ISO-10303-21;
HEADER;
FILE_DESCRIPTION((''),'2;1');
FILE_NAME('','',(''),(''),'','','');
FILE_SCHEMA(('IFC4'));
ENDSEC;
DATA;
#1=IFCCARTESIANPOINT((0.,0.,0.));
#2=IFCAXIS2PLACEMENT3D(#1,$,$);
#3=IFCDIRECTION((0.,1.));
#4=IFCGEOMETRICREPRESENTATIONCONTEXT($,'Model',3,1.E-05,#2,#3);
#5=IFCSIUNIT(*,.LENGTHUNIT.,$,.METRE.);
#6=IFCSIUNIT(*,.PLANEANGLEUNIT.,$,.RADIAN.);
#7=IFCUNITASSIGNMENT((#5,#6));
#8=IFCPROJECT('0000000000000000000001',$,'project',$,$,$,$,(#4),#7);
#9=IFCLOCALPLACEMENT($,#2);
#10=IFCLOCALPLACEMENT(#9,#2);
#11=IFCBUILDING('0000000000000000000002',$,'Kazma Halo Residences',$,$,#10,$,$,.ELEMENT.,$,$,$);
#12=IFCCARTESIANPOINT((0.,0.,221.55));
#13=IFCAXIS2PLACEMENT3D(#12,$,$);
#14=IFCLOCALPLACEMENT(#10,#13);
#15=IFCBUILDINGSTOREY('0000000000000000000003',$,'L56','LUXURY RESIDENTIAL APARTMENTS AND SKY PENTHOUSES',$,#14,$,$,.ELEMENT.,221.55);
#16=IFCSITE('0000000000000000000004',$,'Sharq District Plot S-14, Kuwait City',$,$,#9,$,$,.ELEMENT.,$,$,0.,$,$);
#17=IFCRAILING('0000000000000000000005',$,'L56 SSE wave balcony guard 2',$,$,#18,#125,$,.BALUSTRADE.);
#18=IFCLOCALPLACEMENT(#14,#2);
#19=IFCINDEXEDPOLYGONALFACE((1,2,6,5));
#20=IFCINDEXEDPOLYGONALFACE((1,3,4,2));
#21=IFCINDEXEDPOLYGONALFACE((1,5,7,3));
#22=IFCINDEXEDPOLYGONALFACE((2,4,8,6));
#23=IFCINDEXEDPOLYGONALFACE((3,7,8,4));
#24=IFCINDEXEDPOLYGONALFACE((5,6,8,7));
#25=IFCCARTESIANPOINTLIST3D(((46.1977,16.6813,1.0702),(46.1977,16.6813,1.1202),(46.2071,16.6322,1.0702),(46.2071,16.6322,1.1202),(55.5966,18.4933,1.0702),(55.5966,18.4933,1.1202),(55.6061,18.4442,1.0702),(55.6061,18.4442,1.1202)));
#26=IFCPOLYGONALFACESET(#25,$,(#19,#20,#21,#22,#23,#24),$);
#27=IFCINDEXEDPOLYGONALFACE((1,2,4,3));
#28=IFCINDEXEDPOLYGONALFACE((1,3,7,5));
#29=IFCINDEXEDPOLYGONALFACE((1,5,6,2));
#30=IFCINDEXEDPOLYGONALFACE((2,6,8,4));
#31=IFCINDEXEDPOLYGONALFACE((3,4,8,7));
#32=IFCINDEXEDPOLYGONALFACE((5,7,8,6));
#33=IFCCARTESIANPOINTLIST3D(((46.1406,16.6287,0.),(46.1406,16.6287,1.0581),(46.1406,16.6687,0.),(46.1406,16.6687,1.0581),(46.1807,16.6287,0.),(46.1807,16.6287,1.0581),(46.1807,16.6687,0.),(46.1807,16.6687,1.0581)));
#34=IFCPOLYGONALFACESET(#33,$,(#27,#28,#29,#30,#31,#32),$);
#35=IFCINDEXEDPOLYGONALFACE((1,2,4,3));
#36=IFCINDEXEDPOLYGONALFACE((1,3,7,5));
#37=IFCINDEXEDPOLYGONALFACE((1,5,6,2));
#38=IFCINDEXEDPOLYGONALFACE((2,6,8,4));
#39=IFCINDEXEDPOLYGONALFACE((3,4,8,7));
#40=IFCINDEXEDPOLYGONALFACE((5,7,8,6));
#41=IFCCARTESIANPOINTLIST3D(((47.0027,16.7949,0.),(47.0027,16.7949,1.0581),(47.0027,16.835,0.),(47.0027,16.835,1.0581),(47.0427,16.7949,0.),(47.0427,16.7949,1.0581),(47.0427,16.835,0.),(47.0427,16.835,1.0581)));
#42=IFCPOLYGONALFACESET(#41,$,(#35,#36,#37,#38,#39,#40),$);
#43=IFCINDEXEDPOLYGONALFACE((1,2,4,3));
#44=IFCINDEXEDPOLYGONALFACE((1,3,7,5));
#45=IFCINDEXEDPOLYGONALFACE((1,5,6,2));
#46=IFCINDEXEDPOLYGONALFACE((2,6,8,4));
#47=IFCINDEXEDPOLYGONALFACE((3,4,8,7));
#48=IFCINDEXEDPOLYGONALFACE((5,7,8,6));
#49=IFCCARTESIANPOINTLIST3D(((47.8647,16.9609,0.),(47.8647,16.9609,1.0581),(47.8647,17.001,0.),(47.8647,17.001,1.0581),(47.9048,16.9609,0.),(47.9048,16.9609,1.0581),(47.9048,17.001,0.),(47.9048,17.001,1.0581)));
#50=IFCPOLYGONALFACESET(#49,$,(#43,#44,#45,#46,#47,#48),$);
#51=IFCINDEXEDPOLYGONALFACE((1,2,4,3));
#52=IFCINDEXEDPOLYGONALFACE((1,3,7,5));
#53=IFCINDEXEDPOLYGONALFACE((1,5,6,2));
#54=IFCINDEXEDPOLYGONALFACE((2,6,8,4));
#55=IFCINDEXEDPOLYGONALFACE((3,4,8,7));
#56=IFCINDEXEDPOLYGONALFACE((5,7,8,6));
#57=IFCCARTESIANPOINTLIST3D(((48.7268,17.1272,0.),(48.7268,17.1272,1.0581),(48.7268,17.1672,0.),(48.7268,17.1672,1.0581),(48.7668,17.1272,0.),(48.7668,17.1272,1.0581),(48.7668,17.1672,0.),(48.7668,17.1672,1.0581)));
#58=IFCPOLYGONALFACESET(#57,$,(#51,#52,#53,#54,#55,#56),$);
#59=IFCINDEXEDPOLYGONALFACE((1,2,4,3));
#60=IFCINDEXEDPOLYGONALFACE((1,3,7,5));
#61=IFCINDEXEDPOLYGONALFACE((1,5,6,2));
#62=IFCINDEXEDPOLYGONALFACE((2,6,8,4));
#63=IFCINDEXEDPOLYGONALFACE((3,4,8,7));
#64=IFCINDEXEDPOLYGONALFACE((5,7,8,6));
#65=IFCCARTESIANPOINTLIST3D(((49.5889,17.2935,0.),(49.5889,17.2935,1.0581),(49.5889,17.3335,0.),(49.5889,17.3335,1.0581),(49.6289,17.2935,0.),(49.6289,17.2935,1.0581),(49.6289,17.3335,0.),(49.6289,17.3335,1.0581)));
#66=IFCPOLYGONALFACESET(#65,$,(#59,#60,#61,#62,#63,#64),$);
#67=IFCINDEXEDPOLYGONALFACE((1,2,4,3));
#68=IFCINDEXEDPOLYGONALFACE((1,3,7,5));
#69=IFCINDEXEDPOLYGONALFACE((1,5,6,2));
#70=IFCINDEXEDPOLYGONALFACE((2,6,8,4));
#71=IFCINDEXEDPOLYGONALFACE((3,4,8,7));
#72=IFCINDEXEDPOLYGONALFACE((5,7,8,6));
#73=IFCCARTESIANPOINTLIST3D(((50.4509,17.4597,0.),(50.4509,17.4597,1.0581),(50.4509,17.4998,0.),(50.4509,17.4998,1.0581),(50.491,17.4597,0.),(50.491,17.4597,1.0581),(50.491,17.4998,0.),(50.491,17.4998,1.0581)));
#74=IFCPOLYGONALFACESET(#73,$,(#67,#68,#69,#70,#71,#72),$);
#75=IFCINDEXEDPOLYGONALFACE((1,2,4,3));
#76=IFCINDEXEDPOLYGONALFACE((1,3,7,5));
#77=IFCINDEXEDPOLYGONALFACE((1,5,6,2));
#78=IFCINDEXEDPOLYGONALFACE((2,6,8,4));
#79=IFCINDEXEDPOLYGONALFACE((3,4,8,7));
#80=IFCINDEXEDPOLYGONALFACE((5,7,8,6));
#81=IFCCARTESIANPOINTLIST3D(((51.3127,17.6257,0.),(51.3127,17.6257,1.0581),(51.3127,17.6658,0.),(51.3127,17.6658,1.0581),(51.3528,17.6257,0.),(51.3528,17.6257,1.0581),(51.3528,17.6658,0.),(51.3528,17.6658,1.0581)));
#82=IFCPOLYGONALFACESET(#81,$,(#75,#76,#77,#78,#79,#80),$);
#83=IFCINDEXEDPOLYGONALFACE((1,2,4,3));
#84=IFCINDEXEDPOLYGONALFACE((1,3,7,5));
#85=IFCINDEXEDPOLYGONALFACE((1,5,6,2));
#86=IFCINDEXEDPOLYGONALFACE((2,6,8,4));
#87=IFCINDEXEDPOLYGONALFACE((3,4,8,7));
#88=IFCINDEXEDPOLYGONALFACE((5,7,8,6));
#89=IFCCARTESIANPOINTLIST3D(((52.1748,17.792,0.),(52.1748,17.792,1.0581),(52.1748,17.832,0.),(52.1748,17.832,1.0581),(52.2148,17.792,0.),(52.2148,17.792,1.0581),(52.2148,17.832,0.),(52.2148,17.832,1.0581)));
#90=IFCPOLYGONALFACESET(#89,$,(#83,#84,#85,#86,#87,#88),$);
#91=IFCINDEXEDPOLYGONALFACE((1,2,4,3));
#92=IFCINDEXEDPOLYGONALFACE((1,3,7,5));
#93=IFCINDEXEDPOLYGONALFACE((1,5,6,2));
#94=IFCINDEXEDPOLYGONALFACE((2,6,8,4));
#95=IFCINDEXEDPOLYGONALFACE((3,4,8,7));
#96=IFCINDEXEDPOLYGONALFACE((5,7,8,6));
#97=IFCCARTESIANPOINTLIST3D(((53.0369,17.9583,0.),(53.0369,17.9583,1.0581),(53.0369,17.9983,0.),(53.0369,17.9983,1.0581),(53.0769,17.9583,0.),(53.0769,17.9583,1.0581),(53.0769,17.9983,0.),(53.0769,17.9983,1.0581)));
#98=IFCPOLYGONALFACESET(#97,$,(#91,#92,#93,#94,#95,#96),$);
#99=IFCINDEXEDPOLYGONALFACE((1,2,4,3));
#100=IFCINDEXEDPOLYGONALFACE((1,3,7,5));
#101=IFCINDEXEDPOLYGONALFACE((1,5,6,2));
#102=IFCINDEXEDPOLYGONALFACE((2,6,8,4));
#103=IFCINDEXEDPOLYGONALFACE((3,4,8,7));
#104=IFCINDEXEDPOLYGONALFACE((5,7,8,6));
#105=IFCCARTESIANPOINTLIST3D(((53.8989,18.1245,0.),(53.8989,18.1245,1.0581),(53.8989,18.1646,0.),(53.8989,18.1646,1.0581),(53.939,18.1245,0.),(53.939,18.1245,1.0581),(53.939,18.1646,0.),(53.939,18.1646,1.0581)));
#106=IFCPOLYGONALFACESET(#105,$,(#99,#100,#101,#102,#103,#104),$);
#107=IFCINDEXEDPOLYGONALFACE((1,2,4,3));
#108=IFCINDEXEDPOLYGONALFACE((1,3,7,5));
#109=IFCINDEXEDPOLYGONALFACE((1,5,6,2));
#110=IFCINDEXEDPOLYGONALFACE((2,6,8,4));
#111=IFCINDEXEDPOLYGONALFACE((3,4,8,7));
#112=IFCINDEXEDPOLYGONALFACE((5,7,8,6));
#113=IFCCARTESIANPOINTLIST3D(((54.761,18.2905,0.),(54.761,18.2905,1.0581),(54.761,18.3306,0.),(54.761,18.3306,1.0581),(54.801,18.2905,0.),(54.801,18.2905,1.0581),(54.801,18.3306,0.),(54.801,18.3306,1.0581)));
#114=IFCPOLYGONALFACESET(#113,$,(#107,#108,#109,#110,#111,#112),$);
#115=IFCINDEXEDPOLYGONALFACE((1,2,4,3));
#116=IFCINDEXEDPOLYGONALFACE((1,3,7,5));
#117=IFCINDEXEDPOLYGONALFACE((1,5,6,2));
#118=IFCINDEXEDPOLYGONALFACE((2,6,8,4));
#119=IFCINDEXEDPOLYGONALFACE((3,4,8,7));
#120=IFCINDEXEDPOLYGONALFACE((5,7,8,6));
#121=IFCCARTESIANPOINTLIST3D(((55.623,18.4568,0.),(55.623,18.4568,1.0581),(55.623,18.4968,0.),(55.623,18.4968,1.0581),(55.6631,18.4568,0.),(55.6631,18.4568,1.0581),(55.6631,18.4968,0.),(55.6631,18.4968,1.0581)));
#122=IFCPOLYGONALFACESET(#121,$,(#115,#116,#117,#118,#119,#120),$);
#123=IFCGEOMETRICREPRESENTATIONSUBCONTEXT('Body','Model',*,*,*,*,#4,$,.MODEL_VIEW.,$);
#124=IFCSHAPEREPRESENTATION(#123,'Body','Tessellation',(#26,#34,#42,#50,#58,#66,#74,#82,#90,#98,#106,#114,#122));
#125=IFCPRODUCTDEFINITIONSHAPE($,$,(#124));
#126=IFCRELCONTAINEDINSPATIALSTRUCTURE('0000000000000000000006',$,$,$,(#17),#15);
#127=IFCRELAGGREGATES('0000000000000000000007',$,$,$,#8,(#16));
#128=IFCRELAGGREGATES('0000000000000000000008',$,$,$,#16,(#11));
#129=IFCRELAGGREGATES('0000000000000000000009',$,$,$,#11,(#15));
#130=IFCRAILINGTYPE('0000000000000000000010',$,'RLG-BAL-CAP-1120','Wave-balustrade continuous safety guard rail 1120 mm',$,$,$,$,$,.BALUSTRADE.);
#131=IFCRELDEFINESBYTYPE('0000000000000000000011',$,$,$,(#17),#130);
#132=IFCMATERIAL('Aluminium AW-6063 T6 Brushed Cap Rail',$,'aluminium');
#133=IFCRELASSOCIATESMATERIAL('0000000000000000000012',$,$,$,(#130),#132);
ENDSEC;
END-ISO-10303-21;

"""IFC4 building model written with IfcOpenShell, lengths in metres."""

from ifc_helpers import new_model, si_unit, direction, frame, origin, origin_2d, place, context, subcontext, project, spatial, rectangle, extrude, material, type_object, element, save


model = new_model("IFC4")

# Units and contexts
model_context = context("Model", 3, precision=1e-05, world=origin(), true_north=direction((0.0, 1.0)))
body_context = subcontext(model_context, "Body", "Model", "MODEL_VIEW")
ifc_project = project(units=[si_unit("LENGTHUNIT", "METRE"), si_unit("PLANEANGLEUNIT", "RADIAN")], contexts=[model_context])

# Site, building, storey
site_placement = place(None, origin())
site = spatial("IfcSite", under=ifc_project, at=site_placement, Name="Sharq District Plot S-14, Kuwait City", CompositionType="ELEMENT", RefElevation=0.0)
building_placement = place(site_placement, origin())
building = spatial("IfcBuilding", under=site, at=building_placement, Name="Kazma Halo Residences", CompositionType="ELEMENT")
storey_placement = place(building_placement, frame((0.0, 0.0, 221.55)))
storey = spatial("IfcBuildingStorey", under=building, at=storey_placement, Name="L56", Description="LUXURY RESIDENTIAL APARTMENTS AND SKY PENTHOUSES", CompositionType="ELEMENT", Elevation=221.55)

# Railing
ifc_material_1 = material(Name="Aluminium AW-6063 T6 Brushed Cap Rail", Category="aluminium")
railing_type = type_object("IfcRailingType", Name="RLG-BAL-CAP-1120", Description="Wave-balustrade continuous safety guard rail 1120 mm", PredefinedType="BALUSTRADE", material=ifc_material_1)
railing_1_placement = place(storey_placement, frame((46.1606, 16.6487, 0.0)))
element("IfcRailing", 1, at=railing_1_placement, inside=storey, type_object=railing_type, Name="L56 SSE wave balcony guard 2", PredefinedType="BALUSTRADE", context=body_context, shape_type="SweptSolid", body=[
    extrude(rectangle(XDim=0.05, YDim=0.05, at=origin_2d()), frame((0.0417, 0.0081, 1.0952), z_axis=(0.981918, 0.189305, 0.0), x_axis=(-0.189305, 0.981918, 0.0)), (0.0, 0.0, 1.0), 9.572),
    extrude(rectangle(XDim=0.04, YDim=0.04, at=origin_2d()), origin(), (0.0, 0.0, 1.0), 1.0581),
    extrude(rectangle(XDim=0.04, YDim=0.04, at=origin_2d()), frame((0.8621, 0.1663, 0.0)), (0.0, 0.0, 1.0), 1.0581),
    extrude(rectangle(XDim=0.04, YDim=0.04, at=origin_2d()), frame((1.7241, 0.3323, 0.0)), (0.0, 0.0, 1.0), 1.0581),
    extrude(rectangle(XDim=0.04, YDim=0.04, at=origin_2d()), frame((2.5862, 0.4985, 0.0)), (0.0, 0.0, 1.0), 1.0581),
    extrude(rectangle(XDim=0.04, YDim=0.04, at=origin_2d()), frame((3.4482, 0.6648, 0.0)), (0.0, 0.0, 1.0), 1.0581),
    extrude(rectangle(XDim=0.04, YDim=0.04, at=origin_2d()), frame((4.3103, 0.8311, 0.0)), (0.0, 0.0, 1.0), 1.0581),
    extrude(rectangle(XDim=0.04, YDim=0.04, at=origin_2d()), frame((5.1721, 0.9971, 0.0)), (0.0, 0.0, 1.0), 1.0581),
    extrude(rectangle(XDim=0.04, YDim=0.04, at=origin_2d()), frame((6.0342, 1.1633, 0.0)), (0.0, 0.0, 1.0), 1.0581),
    extrude(rectangle(XDim=0.04, YDim=0.04, at=origin_2d()), frame((6.8962, 1.3296, 0.0)), (0.0, 0.0, 1.0), 1.0581),
    extrude(rectangle(XDim=0.04, YDim=0.04, at=origin_2d()), frame((7.7583, 1.4958, 0.0)), (0.0, 0.0, 1.0), 1.0581),
    extrude(rectangle(XDim=0.04, YDim=0.04, at=origin_2d()), frame((8.6204, 1.6619, 0.0)), (0.0, 0.0, 1.0), 1.0581),
    extrude(rectangle(XDim=0.04, YDim=0.04, at=origin_2d()), frame((9.4824, 1.8281, 0.0)), (0.0, 0.0, 1.0), 1.0581),
])

save(model, "model.ifc")
